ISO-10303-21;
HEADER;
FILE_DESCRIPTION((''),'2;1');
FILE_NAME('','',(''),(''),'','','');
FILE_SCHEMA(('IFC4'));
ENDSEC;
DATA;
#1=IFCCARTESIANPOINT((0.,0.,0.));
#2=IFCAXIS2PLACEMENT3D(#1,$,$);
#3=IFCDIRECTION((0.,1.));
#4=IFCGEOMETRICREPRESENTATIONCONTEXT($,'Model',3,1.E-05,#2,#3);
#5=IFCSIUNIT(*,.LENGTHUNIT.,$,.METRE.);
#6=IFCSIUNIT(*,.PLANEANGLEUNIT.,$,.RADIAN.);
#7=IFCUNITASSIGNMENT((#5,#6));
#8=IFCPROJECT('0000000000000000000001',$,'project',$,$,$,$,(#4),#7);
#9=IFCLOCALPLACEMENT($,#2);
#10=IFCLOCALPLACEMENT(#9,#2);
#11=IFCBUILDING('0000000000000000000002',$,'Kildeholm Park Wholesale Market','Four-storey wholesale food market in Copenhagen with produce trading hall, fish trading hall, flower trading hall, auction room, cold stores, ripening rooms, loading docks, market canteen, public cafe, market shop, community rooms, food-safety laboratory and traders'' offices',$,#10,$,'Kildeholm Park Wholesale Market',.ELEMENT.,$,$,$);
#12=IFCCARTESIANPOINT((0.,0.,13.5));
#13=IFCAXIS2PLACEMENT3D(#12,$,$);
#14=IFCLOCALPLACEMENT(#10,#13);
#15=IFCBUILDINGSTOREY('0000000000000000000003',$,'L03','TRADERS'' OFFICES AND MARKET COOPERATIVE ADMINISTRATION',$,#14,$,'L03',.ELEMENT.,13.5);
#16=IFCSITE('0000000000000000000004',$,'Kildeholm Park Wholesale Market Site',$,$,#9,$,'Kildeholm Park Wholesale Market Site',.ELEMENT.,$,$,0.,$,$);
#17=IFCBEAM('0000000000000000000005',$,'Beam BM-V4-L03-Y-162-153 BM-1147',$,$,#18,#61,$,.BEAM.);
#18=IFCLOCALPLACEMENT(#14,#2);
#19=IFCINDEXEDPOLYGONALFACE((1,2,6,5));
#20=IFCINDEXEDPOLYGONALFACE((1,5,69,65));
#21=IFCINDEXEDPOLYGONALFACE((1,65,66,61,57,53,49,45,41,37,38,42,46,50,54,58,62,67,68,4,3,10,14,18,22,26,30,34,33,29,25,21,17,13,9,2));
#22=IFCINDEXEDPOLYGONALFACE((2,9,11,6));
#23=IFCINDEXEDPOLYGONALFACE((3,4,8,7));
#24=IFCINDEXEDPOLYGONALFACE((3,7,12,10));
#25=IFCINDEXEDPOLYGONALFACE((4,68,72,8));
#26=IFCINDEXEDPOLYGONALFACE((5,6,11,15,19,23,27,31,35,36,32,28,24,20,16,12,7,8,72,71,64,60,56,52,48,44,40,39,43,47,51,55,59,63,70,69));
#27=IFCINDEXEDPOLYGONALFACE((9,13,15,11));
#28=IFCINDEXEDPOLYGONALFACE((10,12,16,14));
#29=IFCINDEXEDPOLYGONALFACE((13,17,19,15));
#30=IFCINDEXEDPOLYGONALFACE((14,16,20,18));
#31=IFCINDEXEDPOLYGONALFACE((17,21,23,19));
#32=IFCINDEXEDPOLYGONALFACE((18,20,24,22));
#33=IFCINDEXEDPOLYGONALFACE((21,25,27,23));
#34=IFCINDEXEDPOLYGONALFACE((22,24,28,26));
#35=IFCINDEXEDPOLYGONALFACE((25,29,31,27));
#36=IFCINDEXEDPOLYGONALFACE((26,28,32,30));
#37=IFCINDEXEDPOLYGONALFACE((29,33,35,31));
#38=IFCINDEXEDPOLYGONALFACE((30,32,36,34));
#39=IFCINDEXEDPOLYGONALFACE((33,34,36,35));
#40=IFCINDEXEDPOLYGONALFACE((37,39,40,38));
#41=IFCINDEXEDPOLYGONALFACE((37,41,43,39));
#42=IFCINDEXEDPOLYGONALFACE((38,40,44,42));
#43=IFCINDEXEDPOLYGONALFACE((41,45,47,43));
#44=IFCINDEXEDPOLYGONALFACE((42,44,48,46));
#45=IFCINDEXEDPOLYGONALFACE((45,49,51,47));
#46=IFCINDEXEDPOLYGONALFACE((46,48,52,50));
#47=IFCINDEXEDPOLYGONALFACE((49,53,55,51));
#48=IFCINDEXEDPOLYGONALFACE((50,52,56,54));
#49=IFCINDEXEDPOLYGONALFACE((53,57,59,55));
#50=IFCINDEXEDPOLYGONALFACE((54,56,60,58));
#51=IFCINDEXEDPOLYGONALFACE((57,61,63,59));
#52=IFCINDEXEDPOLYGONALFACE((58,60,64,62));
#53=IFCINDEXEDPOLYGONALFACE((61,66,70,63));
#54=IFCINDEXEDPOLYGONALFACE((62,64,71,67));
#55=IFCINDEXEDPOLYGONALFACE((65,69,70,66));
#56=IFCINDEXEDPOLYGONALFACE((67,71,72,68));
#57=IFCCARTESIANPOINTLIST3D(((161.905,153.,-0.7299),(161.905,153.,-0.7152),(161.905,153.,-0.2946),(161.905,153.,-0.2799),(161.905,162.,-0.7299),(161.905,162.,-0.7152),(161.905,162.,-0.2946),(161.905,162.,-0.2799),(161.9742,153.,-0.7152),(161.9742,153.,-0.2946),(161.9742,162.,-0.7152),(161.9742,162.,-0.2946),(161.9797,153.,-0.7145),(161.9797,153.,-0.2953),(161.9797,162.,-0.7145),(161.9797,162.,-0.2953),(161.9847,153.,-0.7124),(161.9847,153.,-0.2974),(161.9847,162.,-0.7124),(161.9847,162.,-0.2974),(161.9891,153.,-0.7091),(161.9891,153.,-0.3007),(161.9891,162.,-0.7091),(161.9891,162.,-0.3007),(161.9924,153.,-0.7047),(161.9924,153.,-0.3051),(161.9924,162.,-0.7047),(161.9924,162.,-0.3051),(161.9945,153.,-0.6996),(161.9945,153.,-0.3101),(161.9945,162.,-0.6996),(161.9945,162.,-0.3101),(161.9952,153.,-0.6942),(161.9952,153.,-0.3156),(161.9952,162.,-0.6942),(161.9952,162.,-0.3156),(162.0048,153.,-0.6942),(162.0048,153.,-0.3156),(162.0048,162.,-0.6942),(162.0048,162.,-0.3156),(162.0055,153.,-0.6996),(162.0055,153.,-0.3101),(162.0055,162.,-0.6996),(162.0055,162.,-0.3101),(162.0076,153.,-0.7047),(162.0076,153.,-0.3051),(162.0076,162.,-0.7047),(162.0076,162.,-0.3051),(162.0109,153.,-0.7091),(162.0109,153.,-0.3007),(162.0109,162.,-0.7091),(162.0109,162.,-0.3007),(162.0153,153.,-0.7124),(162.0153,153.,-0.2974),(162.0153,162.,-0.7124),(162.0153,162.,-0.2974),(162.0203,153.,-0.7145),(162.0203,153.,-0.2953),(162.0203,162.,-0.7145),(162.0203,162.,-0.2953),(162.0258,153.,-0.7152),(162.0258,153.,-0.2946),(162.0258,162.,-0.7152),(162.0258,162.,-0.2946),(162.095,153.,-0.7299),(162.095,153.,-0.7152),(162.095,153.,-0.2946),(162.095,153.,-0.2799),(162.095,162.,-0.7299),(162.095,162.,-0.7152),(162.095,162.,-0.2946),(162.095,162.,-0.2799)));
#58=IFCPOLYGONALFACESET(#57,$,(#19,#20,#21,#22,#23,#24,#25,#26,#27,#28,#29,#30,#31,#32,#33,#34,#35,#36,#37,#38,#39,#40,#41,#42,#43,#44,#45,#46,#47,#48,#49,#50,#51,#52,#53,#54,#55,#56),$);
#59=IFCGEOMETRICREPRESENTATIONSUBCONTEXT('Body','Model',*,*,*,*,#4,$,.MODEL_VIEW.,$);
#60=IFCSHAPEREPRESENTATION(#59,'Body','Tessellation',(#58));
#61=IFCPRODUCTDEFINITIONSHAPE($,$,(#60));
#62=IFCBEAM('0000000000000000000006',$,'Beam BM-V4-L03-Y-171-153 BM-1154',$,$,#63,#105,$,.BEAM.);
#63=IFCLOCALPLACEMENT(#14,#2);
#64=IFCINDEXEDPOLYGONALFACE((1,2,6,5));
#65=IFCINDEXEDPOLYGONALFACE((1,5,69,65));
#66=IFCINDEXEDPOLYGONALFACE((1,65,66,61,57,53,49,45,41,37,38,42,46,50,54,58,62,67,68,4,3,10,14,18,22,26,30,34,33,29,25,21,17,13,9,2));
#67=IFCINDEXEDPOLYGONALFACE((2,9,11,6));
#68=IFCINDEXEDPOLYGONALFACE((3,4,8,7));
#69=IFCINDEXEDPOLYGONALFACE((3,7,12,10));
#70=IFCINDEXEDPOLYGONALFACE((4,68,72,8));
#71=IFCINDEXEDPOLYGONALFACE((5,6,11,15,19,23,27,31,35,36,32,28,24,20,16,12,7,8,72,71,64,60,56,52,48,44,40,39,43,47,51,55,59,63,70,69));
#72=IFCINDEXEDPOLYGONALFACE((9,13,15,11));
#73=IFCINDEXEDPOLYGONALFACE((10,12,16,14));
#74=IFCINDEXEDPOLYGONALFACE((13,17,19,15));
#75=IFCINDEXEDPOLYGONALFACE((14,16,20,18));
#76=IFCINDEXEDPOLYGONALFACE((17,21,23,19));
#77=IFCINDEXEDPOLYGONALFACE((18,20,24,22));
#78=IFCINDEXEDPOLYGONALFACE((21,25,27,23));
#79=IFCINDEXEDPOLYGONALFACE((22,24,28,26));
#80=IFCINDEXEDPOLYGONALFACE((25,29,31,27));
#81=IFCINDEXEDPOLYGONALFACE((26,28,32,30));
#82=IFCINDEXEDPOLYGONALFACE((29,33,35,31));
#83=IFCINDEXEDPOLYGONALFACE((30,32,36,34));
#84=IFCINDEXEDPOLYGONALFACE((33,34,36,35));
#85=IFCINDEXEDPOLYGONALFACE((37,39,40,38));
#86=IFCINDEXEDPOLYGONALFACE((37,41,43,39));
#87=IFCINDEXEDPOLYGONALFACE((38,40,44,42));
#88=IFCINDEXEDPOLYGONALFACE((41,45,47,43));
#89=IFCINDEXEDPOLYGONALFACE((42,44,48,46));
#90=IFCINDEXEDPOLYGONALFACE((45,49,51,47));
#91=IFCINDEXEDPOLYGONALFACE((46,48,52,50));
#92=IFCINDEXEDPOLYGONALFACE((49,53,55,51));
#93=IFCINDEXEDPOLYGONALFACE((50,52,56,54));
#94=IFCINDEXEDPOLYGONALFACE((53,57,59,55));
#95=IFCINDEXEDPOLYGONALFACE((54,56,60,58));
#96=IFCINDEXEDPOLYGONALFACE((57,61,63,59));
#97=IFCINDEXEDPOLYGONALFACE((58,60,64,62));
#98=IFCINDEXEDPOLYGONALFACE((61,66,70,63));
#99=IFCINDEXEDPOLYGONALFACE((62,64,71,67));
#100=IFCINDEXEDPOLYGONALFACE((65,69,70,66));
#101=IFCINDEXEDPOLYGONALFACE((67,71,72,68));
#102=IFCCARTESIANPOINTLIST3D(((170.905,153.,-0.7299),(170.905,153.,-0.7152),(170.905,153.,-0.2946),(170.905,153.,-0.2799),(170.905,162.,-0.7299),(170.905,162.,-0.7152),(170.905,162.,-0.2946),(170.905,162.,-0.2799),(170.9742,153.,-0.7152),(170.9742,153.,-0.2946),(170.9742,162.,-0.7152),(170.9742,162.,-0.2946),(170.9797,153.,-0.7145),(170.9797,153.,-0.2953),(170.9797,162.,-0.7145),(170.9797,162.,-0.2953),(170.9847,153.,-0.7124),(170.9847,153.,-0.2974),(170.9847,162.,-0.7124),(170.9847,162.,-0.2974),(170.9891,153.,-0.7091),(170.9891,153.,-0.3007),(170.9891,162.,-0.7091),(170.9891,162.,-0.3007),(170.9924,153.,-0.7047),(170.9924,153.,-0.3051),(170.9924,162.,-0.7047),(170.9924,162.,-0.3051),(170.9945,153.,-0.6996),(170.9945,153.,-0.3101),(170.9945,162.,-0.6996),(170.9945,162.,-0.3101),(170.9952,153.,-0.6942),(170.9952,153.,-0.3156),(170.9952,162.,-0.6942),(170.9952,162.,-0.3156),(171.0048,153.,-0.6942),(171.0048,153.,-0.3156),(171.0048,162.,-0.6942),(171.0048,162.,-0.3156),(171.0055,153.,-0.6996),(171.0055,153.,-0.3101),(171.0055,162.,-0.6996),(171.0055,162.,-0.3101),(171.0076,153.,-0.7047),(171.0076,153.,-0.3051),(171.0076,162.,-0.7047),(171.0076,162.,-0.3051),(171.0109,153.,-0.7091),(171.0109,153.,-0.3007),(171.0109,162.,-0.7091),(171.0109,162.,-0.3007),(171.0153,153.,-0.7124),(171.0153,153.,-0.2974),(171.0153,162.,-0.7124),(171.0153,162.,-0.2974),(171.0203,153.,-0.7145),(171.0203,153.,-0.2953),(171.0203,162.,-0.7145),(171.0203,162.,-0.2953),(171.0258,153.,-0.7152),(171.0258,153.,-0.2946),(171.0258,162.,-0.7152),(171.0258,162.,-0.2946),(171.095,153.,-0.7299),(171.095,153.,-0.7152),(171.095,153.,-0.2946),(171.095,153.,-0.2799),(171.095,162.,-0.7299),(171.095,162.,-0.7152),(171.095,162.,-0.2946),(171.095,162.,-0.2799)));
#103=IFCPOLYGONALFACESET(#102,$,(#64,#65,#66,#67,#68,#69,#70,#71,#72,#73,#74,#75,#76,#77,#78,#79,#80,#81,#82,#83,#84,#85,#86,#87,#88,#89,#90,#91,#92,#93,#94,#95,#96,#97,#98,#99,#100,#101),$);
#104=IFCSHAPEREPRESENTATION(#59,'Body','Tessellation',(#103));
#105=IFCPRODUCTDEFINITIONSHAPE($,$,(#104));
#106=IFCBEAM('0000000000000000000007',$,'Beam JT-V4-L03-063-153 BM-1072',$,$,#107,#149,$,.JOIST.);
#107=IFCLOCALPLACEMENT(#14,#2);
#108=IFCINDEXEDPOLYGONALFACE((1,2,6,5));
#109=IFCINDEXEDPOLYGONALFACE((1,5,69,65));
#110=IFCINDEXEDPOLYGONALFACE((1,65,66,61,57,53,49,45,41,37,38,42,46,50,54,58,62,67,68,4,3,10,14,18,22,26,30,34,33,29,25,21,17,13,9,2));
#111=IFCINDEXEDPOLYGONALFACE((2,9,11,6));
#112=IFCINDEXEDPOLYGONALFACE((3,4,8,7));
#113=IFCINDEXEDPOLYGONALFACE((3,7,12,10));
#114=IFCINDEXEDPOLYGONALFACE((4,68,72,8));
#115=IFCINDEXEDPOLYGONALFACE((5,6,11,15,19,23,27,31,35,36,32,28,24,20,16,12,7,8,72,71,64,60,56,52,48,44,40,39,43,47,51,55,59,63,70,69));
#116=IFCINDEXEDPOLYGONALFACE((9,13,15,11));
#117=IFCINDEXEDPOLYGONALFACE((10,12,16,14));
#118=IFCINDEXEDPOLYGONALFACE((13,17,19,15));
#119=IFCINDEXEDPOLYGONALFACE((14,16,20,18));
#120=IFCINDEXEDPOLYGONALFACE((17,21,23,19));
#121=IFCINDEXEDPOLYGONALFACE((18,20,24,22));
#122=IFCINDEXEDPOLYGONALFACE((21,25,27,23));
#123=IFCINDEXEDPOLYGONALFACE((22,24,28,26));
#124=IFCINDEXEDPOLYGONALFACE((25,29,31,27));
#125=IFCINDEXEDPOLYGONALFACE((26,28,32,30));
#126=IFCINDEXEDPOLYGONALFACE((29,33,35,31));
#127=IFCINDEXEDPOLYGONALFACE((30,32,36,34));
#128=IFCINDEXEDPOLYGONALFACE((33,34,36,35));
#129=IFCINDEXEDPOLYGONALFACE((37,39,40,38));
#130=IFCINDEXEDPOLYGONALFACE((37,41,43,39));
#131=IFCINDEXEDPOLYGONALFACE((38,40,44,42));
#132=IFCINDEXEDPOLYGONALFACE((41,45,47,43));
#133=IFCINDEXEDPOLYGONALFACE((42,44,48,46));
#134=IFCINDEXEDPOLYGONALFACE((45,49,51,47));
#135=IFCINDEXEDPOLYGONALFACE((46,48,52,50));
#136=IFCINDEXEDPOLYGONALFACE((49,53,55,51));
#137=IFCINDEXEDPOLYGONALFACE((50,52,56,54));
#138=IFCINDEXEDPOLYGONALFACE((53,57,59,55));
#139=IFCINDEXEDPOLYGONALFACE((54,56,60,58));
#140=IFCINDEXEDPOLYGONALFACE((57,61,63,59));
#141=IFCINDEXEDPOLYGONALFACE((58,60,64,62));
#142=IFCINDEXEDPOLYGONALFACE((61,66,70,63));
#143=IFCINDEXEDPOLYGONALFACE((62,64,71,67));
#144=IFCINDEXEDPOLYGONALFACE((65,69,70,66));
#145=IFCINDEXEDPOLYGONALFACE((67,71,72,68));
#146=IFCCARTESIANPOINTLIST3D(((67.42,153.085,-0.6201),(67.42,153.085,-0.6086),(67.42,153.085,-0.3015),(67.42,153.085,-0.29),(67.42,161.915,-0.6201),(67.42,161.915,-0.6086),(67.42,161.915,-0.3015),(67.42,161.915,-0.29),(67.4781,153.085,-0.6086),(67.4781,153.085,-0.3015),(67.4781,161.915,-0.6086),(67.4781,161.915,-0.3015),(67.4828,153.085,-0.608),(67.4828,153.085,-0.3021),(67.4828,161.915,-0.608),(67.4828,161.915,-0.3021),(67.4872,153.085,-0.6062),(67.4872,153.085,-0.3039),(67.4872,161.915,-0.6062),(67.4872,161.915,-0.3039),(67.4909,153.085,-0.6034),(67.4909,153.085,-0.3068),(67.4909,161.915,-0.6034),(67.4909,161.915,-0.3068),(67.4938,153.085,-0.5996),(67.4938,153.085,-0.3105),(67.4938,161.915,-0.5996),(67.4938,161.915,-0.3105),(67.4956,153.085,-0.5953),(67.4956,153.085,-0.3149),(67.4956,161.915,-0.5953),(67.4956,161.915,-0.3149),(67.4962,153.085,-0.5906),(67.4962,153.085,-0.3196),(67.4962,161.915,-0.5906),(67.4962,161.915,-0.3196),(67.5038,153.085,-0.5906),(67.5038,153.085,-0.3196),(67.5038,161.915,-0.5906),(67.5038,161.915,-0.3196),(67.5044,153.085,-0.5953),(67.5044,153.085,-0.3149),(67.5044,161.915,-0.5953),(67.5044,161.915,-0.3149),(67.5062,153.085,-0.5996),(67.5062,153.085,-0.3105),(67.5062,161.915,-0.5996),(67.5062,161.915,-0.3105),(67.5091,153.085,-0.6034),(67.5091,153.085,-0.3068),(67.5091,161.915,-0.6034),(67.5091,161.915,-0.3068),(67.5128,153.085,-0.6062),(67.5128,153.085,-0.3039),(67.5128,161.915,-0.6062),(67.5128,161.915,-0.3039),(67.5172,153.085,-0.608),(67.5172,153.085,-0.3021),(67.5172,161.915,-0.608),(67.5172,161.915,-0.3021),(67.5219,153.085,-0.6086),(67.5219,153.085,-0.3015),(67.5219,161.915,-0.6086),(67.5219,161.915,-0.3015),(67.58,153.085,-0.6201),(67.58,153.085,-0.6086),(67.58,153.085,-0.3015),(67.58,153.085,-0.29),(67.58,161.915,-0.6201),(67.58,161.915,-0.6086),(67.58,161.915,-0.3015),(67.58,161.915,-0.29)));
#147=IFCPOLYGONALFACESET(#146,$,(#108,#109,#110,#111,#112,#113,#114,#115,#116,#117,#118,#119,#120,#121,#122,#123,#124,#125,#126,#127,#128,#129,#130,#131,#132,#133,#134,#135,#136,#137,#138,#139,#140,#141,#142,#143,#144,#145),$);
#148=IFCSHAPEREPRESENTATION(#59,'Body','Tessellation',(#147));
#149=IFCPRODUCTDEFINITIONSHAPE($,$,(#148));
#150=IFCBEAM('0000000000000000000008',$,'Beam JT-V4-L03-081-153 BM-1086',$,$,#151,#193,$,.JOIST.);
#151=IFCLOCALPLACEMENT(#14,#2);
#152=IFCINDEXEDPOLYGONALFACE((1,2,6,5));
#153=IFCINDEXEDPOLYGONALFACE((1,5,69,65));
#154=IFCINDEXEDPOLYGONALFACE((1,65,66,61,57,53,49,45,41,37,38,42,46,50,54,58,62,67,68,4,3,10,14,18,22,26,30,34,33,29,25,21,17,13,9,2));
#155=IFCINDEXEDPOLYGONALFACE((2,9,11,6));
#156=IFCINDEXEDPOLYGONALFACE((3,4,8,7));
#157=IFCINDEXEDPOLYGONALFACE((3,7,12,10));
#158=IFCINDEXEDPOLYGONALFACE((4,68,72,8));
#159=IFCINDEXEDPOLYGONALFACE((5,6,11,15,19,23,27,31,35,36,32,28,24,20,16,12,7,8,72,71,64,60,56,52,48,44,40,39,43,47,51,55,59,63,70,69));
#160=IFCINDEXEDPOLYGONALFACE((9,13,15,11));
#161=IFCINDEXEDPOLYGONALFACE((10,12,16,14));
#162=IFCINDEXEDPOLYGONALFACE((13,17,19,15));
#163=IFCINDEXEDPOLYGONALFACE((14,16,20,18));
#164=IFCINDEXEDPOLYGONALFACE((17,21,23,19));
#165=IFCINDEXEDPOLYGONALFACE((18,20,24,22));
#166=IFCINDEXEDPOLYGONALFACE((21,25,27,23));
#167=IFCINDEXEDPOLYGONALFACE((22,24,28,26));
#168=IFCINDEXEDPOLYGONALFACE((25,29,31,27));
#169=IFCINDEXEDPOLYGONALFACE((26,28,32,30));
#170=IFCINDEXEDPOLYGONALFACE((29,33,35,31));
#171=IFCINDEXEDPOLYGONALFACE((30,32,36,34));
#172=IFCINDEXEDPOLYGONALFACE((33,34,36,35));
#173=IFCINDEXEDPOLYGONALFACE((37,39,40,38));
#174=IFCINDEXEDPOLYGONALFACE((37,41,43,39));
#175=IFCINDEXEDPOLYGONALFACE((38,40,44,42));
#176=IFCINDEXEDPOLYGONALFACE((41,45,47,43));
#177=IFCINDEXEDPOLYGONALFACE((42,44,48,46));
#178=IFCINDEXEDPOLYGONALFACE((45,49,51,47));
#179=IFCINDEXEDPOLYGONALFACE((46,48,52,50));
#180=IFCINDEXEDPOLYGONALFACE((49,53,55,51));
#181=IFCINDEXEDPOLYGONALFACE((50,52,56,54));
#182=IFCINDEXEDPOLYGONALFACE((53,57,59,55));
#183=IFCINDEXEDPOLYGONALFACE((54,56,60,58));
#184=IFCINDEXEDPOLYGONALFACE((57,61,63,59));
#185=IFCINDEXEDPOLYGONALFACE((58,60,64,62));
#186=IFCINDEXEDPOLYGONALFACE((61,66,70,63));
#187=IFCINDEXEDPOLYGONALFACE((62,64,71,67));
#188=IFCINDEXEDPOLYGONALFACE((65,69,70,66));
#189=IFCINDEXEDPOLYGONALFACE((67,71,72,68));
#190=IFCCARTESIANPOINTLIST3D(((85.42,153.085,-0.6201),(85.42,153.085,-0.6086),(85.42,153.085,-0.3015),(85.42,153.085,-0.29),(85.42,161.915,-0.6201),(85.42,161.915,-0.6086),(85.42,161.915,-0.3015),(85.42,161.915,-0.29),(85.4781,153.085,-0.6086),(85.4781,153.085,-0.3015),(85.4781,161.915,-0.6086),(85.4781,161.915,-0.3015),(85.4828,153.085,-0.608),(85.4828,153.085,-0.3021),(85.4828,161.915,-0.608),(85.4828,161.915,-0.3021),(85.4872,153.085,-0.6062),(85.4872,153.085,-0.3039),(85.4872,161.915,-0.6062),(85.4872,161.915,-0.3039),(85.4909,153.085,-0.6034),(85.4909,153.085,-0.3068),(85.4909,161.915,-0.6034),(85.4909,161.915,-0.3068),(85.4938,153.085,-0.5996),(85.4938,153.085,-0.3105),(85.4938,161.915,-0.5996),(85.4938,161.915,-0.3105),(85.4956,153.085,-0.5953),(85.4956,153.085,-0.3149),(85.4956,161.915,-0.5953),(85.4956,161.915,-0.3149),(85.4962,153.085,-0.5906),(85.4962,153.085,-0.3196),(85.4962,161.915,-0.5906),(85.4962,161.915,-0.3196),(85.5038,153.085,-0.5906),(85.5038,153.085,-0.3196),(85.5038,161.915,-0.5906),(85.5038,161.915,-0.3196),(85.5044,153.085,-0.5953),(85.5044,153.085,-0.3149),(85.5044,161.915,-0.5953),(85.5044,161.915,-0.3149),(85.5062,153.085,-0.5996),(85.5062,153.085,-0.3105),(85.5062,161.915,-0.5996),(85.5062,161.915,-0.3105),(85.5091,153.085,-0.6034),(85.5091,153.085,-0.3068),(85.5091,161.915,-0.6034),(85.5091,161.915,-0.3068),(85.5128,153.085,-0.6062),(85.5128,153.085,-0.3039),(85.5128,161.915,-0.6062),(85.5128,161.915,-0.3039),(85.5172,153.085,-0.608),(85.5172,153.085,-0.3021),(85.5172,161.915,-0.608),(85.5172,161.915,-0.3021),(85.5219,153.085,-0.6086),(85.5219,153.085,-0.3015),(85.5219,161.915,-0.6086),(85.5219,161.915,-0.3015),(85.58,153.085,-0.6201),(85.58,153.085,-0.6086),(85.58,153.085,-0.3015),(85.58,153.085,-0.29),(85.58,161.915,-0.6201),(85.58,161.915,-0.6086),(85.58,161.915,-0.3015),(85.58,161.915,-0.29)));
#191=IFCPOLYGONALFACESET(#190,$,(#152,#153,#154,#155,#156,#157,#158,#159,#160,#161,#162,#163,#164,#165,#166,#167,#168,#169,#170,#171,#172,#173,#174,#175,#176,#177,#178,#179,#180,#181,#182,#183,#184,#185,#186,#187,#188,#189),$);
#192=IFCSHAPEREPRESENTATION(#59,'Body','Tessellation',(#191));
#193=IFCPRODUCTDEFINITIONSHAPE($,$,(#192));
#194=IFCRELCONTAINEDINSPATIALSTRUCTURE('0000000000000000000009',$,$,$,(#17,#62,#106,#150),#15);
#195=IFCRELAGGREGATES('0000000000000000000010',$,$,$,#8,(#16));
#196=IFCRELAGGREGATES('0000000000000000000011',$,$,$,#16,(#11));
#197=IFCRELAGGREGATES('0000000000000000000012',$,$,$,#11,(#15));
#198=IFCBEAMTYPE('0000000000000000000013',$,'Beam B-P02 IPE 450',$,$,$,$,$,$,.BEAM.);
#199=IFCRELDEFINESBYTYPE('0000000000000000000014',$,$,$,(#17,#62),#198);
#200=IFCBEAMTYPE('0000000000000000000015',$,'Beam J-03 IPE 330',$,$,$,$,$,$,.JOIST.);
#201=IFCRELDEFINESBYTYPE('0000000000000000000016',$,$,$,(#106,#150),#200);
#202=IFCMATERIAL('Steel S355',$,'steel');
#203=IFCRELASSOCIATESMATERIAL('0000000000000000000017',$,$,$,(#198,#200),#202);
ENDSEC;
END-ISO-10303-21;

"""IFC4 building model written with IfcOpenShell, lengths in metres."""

from ifc_helpers import new_model, si_unit, direction, frame, origin, origin_2d, place, context, subcontext, project, spatial, i_section, extrude, material, material_profile, profile_set, type_object, element, save


model = new_model("IFC4")

# Units and contexts
model_context = context("Model", 3, precision=1e-05, world=origin(), true_north=direction((0.0, 1.0)))
body_context = subcontext(model_context, "Body", "Model", "MODEL_VIEW")
ifc_project = project(units=[si_unit("LENGTHUNIT", "METRE"), si_unit("PLANEANGLEUNIT", "RADIAN")], contexts=[model_context])

# Site, building, storey
site_placement = place(None, origin())
site = spatial("IfcSite", under=ifc_project, at=site_placement, Name="Kildeholm Park Wholesale Market Site", LongName="Kildeholm Park Wholesale Market Site", CompositionType="ELEMENT", RefElevation=0.0)
building_placement = place(site_placement, origin())
building = spatial("IfcBuilding", under=site, at=building_placement, Name="Kildeholm Park Wholesale Market", Description="Four-storey wholesale food market in Copenhagen with produce trading hall, fish trading hall, flower trading hall, auction room, cold stores, ripening rooms, loading docks, market canteen, public cafe, market shop, community rooms, food-safety laboratory and traders' offices", LongName="Kildeholm Park Wholesale Market", CompositionType="ELEMENT")
storey_placement = place(building_placement, frame((0.0, 0.0, 13.5)))
storey = spatial("IfcBuildingStorey", under=building, at=storey_placement, Name="L03", Description="TRADERS' OFFICES AND MARKET COOPERATIVE ADMINISTRATION", LongName="L03", CompositionType="ELEMENT", Elevation=13.5)

# Beams
ifc_material = material(Name="Steel S355", Category="steel")
ifc_material_profile_1 = material_profile(ifc_material, i_section(OverallWidth=0.1899, OverallDepth=0.45, WebThickness=0.0095, FlangeThickness=0.0146, FilletRadius=0.021, at=origin_2d()), Name="IPE 450")
ifc_profile_set_1 = profile_set([ifc_material_profile_1], Name="Steel S355")
beam_type_1 = type_object("IfcBeamType", Name="Beam B-P02 IPE 450", PredefinedType="BEAM", material=ifc_profile_set_1)
for number, where, z_axis, x_axis, name in (
    (1, (162.0, 153.0, -0.5049), (0.0, 1.0, 0.0), (-1.0, 0.0, 0.0), "Beam BM-V4-L03-Y-162-153 BM-1147"),
    (2, (171.0, 153.0, -0.5049), (0.0, 1.0, 0.0), (-1.0, 0.0, 0.0), "Beam BM-V4-L03-Y-171-153 BM-1154"),
):
    element("IfcBeam", number, at=place(storey_placement, frame(where, z_axis=z_axis, x_axis=x_axis)), inside=storey, type_object=beam_type_1, Name=name, PredefinedType="BEAM", context=body_context, shape_type="SweptSolid", body=[
        extrude(i_section(OverallWidth=0.1899, OverallDepth=0.45, WebThickness=0.0095, FlangeThickness=0.0146, FilletRadius=0.021, at=origin_2d()), origin(), (0.0, 0.0, 1.0), 9.0),
    ])
ifc_material_profile_2 = material_profile(ifc_material, i_section(OverallWidth=0.1599, OverallDepth=0.3301, WebThickness=0.0076, FlangeThickness=0.0115, FilletRadius=0.0181, at=origin_2d()), Name="IPE 330")
ifc_profile_set_2 = profile_set([ifc_material_profile_2], Name="Steel S355")
beam_type_2 = type_object("IfcBeamType", Name="Beam J-03 IPE 330", PredefinedType="JOIST", material=ifc_profile_set_2)
for number, where, z_axis, x_axis, name in (
    (3, (67.5, 153.085, -0.4551), (0.0, 1.0, 0.0), (-1.0, 0.0, 0.0), "Beam JT-V4-L03-063-153 BM-1072"),
    (4, (85.5, 153.085, -0.4551), (0.0, 1.0, 0.0), (-1.0, 0.0, 0.0), "Beam JT-V4-L03-081-153 BM-1086"),
):
    element("IfcBeam", number, at=place(storey_placement, frame(where, z_axis=z_axis, x_axis=x_axis)), inside=storey, type_object=beam_type_2, Name=name, PredefinedType="JOIST", context=body_context, shape_type="SweptSolid", body=[
        extrude(i_section(OverallWidth=0.1599, OverallDepth=0.3301, WebThickness=0.0076, FlangeThickness=0.0115, FilletRadius=0.0181, at=origin_2d()), origin(), (0.0, 0.0, 1.0), 8.8301),
    ])

save(model, "model.ifc")
